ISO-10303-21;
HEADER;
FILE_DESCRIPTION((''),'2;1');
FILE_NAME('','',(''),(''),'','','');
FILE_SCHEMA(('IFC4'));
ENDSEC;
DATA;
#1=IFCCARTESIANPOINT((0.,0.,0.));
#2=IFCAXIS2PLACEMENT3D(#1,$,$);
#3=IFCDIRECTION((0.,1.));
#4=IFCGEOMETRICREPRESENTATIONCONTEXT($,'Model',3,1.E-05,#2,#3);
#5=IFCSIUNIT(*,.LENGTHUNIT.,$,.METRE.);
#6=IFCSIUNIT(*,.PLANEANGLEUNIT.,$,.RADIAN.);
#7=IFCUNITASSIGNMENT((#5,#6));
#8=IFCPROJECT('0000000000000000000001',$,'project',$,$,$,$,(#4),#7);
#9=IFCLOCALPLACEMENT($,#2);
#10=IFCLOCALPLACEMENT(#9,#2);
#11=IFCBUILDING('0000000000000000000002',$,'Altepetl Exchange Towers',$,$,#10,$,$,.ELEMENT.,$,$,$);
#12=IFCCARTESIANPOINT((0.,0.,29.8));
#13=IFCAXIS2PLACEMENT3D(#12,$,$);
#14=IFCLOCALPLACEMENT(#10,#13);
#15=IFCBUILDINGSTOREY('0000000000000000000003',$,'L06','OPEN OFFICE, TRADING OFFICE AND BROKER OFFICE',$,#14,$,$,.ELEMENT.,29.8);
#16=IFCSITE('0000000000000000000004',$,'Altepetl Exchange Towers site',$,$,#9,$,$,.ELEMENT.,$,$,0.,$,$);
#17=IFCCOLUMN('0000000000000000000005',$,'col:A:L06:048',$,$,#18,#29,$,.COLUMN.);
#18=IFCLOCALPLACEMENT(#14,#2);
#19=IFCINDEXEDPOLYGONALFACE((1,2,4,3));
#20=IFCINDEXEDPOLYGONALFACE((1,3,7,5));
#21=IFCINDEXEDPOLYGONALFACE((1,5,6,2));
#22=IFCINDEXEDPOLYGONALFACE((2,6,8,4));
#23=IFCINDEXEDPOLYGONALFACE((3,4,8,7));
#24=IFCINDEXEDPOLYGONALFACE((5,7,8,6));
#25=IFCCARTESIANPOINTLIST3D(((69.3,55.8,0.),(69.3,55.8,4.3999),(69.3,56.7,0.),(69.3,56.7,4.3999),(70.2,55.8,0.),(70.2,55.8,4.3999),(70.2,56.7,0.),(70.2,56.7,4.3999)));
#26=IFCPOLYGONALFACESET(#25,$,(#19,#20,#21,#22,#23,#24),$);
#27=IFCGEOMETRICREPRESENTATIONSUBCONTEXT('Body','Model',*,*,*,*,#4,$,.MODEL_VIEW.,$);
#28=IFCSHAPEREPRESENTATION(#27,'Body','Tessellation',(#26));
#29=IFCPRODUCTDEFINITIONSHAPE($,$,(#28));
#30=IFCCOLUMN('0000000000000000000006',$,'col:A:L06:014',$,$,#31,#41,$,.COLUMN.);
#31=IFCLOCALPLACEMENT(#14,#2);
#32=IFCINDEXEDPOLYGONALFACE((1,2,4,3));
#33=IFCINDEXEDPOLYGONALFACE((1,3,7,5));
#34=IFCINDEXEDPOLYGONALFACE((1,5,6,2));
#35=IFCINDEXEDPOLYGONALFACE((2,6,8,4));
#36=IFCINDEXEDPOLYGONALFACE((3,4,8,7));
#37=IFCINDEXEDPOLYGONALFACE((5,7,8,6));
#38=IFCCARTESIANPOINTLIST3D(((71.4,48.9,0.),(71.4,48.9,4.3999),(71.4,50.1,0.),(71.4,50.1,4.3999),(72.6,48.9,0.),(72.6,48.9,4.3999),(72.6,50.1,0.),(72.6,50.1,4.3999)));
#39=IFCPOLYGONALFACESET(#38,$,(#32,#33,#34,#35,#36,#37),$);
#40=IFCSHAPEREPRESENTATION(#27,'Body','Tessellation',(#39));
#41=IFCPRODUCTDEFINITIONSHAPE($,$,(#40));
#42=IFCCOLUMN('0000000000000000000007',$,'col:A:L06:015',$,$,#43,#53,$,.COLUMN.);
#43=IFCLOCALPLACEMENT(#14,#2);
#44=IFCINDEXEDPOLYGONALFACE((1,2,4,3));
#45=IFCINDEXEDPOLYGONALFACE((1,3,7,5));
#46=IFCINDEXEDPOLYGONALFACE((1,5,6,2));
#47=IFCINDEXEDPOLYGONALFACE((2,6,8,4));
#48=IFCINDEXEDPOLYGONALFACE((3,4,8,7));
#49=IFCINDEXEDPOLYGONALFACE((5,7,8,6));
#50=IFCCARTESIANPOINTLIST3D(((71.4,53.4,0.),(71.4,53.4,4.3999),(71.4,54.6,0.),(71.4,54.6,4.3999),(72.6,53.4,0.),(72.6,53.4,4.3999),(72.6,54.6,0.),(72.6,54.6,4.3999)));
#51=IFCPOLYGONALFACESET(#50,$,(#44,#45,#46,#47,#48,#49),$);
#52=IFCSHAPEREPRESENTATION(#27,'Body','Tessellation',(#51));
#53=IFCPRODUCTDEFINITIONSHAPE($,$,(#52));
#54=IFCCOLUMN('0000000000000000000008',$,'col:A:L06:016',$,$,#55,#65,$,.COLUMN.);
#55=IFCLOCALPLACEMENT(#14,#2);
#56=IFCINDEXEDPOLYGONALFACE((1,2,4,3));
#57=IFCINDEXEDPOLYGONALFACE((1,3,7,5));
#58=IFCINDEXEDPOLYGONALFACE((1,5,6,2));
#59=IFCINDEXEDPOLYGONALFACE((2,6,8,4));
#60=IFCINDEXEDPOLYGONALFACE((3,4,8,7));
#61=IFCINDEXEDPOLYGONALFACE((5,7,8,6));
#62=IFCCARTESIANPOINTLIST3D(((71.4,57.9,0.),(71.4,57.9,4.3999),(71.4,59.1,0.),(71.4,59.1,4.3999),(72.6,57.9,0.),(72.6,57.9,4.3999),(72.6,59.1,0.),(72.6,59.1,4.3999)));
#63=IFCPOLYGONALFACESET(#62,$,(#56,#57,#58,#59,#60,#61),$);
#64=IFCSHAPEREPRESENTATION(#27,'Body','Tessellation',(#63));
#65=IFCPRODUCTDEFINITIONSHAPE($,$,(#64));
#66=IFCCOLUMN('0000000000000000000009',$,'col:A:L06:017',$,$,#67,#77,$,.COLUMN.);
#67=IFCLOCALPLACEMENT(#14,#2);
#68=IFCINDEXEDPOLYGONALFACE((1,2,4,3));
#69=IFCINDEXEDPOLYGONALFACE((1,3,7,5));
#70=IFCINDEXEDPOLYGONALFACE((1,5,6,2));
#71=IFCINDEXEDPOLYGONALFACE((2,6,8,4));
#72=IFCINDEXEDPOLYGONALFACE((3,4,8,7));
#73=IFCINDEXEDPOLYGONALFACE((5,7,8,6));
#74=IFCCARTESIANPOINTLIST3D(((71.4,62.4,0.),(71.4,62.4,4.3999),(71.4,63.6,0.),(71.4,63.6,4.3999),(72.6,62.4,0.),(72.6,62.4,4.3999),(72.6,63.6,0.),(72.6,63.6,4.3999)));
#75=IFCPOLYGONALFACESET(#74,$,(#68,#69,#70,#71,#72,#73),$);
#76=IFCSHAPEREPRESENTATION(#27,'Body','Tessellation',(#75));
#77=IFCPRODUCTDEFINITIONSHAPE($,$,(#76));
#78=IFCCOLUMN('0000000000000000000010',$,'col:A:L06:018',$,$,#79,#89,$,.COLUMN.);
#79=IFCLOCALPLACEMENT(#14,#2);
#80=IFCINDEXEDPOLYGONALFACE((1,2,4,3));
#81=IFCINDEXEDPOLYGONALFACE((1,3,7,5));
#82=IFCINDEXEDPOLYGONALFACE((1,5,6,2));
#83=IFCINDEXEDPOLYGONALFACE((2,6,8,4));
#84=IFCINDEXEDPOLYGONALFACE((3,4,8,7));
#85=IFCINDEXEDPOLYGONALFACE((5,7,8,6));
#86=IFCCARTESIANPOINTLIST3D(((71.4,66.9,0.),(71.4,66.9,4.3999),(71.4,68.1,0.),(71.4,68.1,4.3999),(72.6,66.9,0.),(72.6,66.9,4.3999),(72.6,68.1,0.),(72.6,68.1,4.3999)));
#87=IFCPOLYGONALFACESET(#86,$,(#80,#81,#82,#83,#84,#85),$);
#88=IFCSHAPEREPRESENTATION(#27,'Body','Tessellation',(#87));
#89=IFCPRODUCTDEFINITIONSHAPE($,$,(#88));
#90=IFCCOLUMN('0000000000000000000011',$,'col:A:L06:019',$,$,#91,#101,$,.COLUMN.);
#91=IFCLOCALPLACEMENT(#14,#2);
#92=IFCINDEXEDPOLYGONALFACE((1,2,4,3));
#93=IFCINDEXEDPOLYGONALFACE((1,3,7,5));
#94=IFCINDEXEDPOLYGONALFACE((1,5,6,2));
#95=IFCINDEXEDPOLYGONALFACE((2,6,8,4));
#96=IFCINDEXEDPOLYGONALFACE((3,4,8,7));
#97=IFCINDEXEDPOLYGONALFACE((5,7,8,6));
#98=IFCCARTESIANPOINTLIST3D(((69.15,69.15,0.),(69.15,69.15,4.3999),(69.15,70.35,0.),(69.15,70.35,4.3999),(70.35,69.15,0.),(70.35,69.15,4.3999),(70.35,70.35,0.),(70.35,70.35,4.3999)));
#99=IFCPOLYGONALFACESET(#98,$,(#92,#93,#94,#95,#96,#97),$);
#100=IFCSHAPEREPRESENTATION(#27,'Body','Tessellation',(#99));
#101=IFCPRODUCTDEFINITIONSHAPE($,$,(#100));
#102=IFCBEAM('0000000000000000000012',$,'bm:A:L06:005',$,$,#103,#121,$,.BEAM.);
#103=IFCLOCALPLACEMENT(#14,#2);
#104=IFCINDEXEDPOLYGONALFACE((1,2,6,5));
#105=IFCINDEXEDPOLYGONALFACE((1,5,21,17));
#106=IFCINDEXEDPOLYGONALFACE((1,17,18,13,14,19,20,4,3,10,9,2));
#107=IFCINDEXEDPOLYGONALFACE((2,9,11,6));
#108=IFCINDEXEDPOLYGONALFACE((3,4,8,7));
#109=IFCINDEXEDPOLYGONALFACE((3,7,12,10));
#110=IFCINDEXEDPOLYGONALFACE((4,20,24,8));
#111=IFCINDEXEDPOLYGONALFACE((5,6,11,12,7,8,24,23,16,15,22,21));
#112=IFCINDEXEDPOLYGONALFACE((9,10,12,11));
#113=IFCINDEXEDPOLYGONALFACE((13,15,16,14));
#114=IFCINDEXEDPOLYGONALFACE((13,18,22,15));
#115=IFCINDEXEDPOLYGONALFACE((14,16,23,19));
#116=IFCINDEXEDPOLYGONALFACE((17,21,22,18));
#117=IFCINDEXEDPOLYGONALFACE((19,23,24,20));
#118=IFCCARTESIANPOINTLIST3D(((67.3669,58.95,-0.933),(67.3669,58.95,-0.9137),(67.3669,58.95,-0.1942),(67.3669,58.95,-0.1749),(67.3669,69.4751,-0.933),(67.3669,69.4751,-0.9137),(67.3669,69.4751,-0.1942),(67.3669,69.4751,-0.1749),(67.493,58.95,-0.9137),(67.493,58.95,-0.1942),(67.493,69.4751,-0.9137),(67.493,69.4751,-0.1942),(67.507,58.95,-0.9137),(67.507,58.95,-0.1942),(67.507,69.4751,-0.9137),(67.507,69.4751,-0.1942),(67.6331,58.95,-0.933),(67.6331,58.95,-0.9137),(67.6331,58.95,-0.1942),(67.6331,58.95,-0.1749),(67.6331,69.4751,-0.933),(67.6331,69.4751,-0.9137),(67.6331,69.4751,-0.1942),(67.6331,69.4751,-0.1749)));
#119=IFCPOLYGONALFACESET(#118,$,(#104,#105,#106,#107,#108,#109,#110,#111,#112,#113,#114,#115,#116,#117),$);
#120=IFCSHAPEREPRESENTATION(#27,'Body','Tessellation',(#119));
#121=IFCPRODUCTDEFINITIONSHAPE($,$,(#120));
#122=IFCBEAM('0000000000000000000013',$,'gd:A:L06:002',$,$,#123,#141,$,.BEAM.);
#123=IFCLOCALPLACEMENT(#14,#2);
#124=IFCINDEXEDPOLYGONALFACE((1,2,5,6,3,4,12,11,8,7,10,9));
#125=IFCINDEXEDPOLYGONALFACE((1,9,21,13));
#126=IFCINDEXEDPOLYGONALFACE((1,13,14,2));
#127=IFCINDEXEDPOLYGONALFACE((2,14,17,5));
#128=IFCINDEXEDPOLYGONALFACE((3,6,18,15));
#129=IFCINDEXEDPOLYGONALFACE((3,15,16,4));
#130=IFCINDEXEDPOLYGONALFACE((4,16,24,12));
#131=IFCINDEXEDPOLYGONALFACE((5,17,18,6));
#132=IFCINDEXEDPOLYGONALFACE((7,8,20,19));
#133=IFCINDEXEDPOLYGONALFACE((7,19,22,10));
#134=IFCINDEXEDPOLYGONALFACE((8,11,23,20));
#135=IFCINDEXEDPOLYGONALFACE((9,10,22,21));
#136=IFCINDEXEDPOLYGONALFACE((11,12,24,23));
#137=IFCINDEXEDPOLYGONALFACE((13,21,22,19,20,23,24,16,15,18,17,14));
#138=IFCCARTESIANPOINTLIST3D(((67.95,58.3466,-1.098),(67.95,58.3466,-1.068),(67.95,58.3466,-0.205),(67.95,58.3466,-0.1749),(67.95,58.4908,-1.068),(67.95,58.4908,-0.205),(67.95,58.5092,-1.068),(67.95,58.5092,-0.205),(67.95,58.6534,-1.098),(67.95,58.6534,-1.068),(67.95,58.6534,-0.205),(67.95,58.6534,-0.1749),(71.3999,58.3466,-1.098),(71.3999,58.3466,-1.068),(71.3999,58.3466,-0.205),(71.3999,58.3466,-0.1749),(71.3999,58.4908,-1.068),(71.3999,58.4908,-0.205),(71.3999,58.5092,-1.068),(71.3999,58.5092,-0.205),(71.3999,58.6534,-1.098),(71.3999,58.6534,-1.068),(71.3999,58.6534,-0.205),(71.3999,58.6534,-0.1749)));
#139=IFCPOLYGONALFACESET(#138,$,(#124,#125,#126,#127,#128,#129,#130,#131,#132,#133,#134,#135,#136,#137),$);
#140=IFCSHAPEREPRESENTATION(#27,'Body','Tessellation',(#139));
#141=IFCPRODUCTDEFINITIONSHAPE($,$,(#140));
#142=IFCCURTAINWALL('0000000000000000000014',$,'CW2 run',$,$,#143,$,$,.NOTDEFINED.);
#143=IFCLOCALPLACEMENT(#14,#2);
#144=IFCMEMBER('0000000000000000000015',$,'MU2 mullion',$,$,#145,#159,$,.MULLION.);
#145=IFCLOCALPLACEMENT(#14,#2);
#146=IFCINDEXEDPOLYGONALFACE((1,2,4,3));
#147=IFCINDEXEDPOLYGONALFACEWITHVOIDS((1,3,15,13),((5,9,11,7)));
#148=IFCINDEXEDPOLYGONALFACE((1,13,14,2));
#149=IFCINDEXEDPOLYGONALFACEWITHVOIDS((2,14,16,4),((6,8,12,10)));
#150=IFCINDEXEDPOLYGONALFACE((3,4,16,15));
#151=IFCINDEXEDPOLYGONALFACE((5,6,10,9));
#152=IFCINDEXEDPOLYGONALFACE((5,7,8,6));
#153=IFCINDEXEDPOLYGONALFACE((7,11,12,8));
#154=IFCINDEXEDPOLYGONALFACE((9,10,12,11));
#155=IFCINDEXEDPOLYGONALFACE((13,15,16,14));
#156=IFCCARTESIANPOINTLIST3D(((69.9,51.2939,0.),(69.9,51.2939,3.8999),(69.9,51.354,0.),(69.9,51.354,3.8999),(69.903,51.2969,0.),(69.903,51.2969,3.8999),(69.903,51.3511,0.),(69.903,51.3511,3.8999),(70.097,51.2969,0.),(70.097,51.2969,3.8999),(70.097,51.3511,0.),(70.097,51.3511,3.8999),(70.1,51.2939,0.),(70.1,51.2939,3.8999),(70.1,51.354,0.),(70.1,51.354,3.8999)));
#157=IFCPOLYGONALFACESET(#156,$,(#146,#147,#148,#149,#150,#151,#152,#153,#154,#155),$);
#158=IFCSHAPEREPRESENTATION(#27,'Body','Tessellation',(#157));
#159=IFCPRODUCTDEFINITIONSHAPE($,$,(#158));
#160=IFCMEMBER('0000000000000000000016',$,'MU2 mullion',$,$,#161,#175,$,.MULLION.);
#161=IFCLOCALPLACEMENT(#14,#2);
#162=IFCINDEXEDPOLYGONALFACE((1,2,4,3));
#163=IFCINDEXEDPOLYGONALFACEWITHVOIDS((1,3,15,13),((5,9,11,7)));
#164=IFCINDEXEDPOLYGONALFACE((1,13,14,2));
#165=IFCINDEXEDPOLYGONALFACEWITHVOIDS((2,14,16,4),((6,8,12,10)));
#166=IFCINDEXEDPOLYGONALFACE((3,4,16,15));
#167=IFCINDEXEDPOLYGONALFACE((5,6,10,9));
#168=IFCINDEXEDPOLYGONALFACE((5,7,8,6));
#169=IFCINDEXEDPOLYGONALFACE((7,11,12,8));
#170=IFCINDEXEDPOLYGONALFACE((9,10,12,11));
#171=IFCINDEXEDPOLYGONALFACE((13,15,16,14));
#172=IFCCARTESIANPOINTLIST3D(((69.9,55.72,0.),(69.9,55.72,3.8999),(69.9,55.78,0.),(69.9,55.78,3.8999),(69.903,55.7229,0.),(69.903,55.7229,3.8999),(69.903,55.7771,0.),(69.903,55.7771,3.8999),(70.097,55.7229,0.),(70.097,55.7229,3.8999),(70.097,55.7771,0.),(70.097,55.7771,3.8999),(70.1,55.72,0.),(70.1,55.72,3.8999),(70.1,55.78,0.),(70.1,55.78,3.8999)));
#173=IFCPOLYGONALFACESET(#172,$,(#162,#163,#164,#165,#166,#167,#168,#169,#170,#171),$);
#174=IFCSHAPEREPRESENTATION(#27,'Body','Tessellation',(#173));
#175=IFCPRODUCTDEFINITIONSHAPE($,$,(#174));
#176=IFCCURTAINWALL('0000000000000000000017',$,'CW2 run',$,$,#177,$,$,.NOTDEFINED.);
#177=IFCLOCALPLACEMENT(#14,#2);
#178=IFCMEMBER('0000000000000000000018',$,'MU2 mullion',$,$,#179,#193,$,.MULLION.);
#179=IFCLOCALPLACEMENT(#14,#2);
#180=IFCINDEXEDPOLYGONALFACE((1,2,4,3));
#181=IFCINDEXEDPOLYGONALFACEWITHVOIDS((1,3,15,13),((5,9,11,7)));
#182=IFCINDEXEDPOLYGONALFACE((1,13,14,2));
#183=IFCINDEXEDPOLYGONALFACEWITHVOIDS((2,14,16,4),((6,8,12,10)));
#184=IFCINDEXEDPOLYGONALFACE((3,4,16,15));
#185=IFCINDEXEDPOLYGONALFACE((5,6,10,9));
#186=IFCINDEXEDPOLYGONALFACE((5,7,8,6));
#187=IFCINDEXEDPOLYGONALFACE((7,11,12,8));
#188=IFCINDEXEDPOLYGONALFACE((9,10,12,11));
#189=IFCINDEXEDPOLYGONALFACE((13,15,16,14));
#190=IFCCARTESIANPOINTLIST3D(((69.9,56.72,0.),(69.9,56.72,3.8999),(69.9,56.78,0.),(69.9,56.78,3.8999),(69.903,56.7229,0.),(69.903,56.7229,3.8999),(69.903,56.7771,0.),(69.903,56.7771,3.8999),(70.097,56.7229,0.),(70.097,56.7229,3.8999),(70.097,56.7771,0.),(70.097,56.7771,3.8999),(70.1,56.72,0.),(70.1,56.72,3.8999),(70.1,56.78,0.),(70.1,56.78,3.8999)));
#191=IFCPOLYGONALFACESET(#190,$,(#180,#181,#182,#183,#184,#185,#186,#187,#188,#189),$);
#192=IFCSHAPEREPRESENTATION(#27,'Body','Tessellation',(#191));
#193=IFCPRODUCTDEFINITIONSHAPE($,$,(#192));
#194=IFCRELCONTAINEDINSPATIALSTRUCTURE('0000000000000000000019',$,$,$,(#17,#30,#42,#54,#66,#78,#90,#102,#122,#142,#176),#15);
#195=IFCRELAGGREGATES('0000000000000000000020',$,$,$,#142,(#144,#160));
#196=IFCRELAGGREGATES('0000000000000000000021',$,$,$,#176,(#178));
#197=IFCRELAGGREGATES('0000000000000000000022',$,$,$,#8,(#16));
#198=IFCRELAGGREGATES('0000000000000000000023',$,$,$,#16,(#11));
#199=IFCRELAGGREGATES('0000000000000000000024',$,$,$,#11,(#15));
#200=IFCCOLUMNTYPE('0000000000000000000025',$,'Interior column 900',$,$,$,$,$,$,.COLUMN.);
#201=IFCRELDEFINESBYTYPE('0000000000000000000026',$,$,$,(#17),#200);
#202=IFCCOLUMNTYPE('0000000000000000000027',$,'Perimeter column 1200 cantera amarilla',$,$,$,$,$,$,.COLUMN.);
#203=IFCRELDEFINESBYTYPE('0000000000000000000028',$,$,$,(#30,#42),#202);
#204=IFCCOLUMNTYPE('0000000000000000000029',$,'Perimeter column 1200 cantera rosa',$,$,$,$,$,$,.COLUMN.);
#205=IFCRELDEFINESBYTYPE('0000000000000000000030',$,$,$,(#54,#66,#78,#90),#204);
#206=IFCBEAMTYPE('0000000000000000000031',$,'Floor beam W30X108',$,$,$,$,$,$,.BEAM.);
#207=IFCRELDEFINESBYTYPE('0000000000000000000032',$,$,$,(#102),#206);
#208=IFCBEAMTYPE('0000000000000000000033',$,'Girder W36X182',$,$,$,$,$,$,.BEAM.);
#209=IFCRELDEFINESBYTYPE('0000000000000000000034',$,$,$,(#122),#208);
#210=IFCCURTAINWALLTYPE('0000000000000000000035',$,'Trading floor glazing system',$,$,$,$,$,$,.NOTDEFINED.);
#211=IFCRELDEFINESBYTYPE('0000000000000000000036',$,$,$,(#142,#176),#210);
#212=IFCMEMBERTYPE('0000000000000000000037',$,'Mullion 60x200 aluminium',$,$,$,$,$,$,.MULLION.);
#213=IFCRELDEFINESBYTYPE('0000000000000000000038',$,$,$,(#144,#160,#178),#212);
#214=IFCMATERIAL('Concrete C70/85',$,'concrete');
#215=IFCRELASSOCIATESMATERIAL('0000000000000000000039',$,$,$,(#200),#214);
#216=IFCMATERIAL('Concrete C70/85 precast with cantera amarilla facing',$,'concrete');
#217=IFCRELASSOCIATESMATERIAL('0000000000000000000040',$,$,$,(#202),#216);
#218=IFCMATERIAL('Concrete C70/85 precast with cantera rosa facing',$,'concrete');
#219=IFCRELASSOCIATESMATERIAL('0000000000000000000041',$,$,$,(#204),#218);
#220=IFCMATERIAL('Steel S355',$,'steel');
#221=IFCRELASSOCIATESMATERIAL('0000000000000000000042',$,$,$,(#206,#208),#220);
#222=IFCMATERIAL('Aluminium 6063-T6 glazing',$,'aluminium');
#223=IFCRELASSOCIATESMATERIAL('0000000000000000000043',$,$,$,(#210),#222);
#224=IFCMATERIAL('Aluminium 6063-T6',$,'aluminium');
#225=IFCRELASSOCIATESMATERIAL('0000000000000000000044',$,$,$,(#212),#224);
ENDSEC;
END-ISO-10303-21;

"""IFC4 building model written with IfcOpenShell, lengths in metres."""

from ifc_helpers import new_model, si_unit, direction, frame, origin, origin_2d, place, context, subcontext, project, spatial, rectangle, hollow_rectangle, i_section, extrude, material, material_profile, profile_set, type_object, element, aggregate, save


model = new_model("IFC4")

# Units and contexts
model_context = context("Model", 3, precision=1e-05, world=origin(), true_north=direction((0.0, 1.0)))
body_context = subcontext(model_context, "Body", "Model", "MODEL_VIEW")
ifc_project = project(units=[si_unit("LENGTHUNIT", "METRE"), si_unit("PLANEANGLEUNIT", "RADIAN")], contexts=[model_context])

# Site, building, storey
site_placement = place(None, origin())
site = spatial("IfcSite", under=ifc_project, at=site_placement, Name="Altepetl Exchange Towers site", CompositionType="ELEMENT", RefElevation=0.0)
building_placement = place(site_placement, origin())
building = spatial("IfcBuilding", under=site, at=building_placement, Name="Altepetl Exchange Towers", CompositionType="ELEMENT")
storey_placement = place(building_placement, frame((0.0, 0.0, 29.8)))
storey = spatial("IfcBuildingStorey", under=building, at=storey_placement, Name="L06", Description="OPEN OFFICE, TRADING OFFICE AND BROKER OFFICE", CompositionType="ELEMENT", Elevation=29.8)

# Columns
ifc_material_1 = material(Name="Concrete C70/85", Category="concrete")
ifc_material_profile_1 = material_profile(ifc_material_1, rectangle(XDim=0.8999, YDim=0.8999, at=origin_2d()), Name="900 x 900")
ifc_profile_set_1 = profile_set([ifc_material_profile_1], Name="Concrete C70/85")
column_type_1 = type_object("IfcColumnType", Name="Interior column 900", PredefinedType="COLUMN", material=ifc_profile_set_1)
column_placement = place(storey_placement, frame((69.75, 56.25, 0.0)))
element("IfcColumn", 1, at=column_placement, inside=storey, type_object=column_type_1, Name="col:A:L06:048", PredefinedType="COLUMN", context=body_context, shape_type="SweptSolid", body=[
    extrude(rectangle(XDim=0.8999, YDim=0.8999, at=origin_2d()), origin(), (0.0, 0.0, 1.0), 4.3999),
])
ifc_material_2 = material(Name="Concrete C70/85 precast with cantera amarilla facing", Category="concrete")
ifc_material_profile_2 = material_profile(ifc_material_2, rectangle(XDim=1.2, YDim=1.2, at=origin_2d()), Name="1200 x 1200")
ifc_profile_set_2 = profile_set([ifc_material_profile_2], Name="Concrete C70/85 precast with cantera amarilla facing")
column_type_2 = type_object("IfcColumnType", Name="Perimeter column 1200 cantera amarilla", PredefinedType="COLUMN", material=ifc_profile_set_2)
for number, where, name in (
    (2, (72.0, 49.5, 0.0), "col:A:L06:014"),
    (3, (72.0, 54.0, 0.0), "col:A:L06:015"),
):
    element("IfcColumn", number, at=place(storey_placement, frame(where)), inside=storey, type_object=column_type_2, Name=name, PredefinedType="COLUMN", context=body_context, shape_type="SweptSolid", body=[
        extrude(rectangle(XDim=1.2, YDim=1.2, at=origin_2d()), origin(), (0.0, 0.0, 1.0), 4.3999),
    ])
ifc_material_3 = material(Name="Concrete C70/85 precast with cantera rosa facing", Category="concrete")
ifc_material_profile_3 = material_profile(ifc_material_3, rectangle(XDim=1.2, YDim=1.2, at=origin_2d()), Name="1200 x 1200")
ifc_profile_set_3 = profile_set([ifc_material_profile_3], Name="Concrete C70/85 precast with cantera rosa facing")
column_type_3 = type_object("IfcColumnType", Name="Perimeter column 1200 cantera rosa", PredefinedType="COLUMN", material=ifc_profile_set_3)
for number, where, name in (
    (4, (72.0, 58.5, 0.0), "col:A:L06:016"),
    (5, (72.0, 63.0, 0.0), "col:A:L06:017"),
    (6, (72.0, 67.5, 0.0), "col:A:L06:018"),
    (7, (69.75, 69.75, 0.0), "col:A:L06:019"),
):
    element("IfcColumn", number, at=place(storey_placement, frame(where)), inside=storey, type_object=column_type_3, Name=name, PredefinedType="COLUMN", context=body_context, shape_type="SweptSolid", body=[
        extrude(rectangle(XDim=1.2, YDim=1.2, at=origin_2d()), origin(), (0.0, 0.0, 1.0), 4.3999),
    ])

# Beams
ifc_material_4 = material(Name="Steel S355", Category="steel")
ifc_material_profile_4 = material_profile(ifc_material_4, i_section(OverallWidth=0.2661, OverallDepth=0.7581, WebThickness=0.0139, FlangeThickness=0.0193, at=origin_2d()), Name="W30X108")
ifc_profile_set_4 = profile_set([ifc_material_profile_4], Name="Steel S355")
beam_type_1 = type_object("IfcBeamType", Name="Floor beam W30X108", PredefinedType="BEAM", material=ifc_profile_set_4)
beam_1_placement = place(storey_placement, frame((67.5, 58.95, -0.554), z_axis=(0.0, 1.0, 0.0), x_axis=(-1.0, 0.0, 0.0)))
element("IfcBeam", 8, at=beam_1_placement, inside=storey, type_object=beam_type_1, Name="bm:A:L06:005", PredefinedType="BEAM", context=body_context, shape_type="SweptSolid", body=[
    extrude(i_section(OverallWidth=0.2661, OverallDepth=0.7581, WebThickness=0.0139, FlangeThickness=0.0193, at=origin_2d()), origin(), (0.0, 0.0, 1.0), 10.5251),
])
ifc_material_profile_5 = material_profile(ifc_material_4, i_section(OverallWidth=0.3069, OverallDepth=0.9231, WebThickness=0.0183, FlangeThickness=0.03, at=origin_2d()), Name="W36X182")
ifc_profile_set_5 = profile_set([ifc_material_profile_5], Name="Steel S355")
beam_type_2 = type_object("IfcBeamType", Name="Girder W36X182", PredefinedType="BEAM", material=ifc_profile_set_5)
beam_2_placement = place(storey_placement, frame((67.95, 58.5, -0.6365), z_axis=(1.0, 0.0, 0.0), x_axis=(0.0, 1.0, 0.0)))
element("IfcBeam", 9, at=beam_2_placement, inside=storey, type_object=beam_type_2, Name="gd:A:L06:002", PredefinedType="BEAM", context=body_context, shape_type="SweptSolid", body=[
    extrude(i_section(OverallWidth=0.3069, OverallDepth=0.9231, WebThickness=0.0183, FlangeThickness=0.03, at=origin_2d()), origin(), (0.0, 0.0, 1.0), 3.45),
])

# Curtain walls, members
ifc_material_5 = material(Name="Aluminium 6063-T6 glazing", Category="aluminium")
curtain_wall_type = type_object("IfcCurtainWallType", Name="Trading floor glazing system", PredefinedType="NOTDEFINED", material=ifc_material_5)
curtain_wall_1_placement = place(storey_placement, origin())
curtain_wall_1 = element("IfcCurtainWall", 10, at=curtain_wall_1_placement, inside=storey, type_object=curtain_wall_type, Name="CW2 run", PredefinedType="NOTDEFINED")
ifc_material_6 = material(Name="Aluminium 6063-T6", Category="aluminium")
ifc_material_profile_6 = material_profile(ifc_material_6, hollow_rectangle(XDim=0.0601, YDim=0.2, WallThickness=0.0029, at=origin_2d()), Name="Mullion 60x200 aluminium")
ifc_profile_set_6 = profile_set([ifc_material_profile_6], Name="Aluminium 6063-T6")
member_type = type_object("IfcMemberType", Name="Mullion 60x200 aluminium", PredefinedType="MULLION", material=ifc_profile_set_6)
member_1_placement = place(storey_placement, frame((70.0, 51.324, 0.0), z_axis=(0.0, 0.0, 1.0), x_axis=(0.0, 1.0, 0.0)))
member_1 = element("IfcMember", 11, at=member_1_placement, type_object=member_type, Name="MU2 mullion", PredefinedType="MULLION", context=body_context, shape_type="SweptSolid", body=[
    extrude(hollow_rectangle(XDim=0.0601, YDim=0.2, WallThickness=0.0029, at=origin_2d()), origin(), (0.0, 0.0, 1.0), 3.8999),
])
member_2_placement = place(storey_placement, frame((70.0, 55.75, 0.0), z_axis=(0.0, 0.0, 1.0), x_axis=(0.0, 1.0, 0.0)))
member_2 = element("IfcMember", 12, at=member_2_placement, type_object=member_type, Name="MU2 mullion", PredefinedType="MULLION", context=body_context, shape_type="SweptSolid", body=[
    extrude(hollow_rectangle(XDim=0.0601, YDim=0.2, WallThickness=0.0029, at=origin_2d()), origin(), (0.0, 0.0, 1.0), 3.8999),
])
curtain_wall_2_placement = place(storey_placement, origin())
curtain_wall_2 = element("IfcCurtainWall", 13, at=curtain_wall_2_placement, inside=storey, type_object=curtain_wall_type, Name="CW2 run", PredefinedType="NOTDEFINED")
member_3_placement = place(storey_placement, frame((70.0, 56.75, 0.0), z_axis=(0.0, 0.0, 1.0), x_axis=(0.0, 1.0, 0.0)))
member_3 = element("IfcMember", 14, at=member_3_placement, type_object=member_type, Name="MU2 mullion", PredefinedType="MULLION", context=body_context, shape_type="SweptSolid", body=[
    extrude(hollow_rectangle(XDim=0.0601, YDim=0.2, WallThickness=0.0029, at=origin_2d()), origin(), (0.0, 0.0, 1.0), 3.8999),
])

aggregate(curtain_wall_1, [member_1, member_2])
aggregate(curtain_wall_2, [member_3])

save(model, "model.ifc")
